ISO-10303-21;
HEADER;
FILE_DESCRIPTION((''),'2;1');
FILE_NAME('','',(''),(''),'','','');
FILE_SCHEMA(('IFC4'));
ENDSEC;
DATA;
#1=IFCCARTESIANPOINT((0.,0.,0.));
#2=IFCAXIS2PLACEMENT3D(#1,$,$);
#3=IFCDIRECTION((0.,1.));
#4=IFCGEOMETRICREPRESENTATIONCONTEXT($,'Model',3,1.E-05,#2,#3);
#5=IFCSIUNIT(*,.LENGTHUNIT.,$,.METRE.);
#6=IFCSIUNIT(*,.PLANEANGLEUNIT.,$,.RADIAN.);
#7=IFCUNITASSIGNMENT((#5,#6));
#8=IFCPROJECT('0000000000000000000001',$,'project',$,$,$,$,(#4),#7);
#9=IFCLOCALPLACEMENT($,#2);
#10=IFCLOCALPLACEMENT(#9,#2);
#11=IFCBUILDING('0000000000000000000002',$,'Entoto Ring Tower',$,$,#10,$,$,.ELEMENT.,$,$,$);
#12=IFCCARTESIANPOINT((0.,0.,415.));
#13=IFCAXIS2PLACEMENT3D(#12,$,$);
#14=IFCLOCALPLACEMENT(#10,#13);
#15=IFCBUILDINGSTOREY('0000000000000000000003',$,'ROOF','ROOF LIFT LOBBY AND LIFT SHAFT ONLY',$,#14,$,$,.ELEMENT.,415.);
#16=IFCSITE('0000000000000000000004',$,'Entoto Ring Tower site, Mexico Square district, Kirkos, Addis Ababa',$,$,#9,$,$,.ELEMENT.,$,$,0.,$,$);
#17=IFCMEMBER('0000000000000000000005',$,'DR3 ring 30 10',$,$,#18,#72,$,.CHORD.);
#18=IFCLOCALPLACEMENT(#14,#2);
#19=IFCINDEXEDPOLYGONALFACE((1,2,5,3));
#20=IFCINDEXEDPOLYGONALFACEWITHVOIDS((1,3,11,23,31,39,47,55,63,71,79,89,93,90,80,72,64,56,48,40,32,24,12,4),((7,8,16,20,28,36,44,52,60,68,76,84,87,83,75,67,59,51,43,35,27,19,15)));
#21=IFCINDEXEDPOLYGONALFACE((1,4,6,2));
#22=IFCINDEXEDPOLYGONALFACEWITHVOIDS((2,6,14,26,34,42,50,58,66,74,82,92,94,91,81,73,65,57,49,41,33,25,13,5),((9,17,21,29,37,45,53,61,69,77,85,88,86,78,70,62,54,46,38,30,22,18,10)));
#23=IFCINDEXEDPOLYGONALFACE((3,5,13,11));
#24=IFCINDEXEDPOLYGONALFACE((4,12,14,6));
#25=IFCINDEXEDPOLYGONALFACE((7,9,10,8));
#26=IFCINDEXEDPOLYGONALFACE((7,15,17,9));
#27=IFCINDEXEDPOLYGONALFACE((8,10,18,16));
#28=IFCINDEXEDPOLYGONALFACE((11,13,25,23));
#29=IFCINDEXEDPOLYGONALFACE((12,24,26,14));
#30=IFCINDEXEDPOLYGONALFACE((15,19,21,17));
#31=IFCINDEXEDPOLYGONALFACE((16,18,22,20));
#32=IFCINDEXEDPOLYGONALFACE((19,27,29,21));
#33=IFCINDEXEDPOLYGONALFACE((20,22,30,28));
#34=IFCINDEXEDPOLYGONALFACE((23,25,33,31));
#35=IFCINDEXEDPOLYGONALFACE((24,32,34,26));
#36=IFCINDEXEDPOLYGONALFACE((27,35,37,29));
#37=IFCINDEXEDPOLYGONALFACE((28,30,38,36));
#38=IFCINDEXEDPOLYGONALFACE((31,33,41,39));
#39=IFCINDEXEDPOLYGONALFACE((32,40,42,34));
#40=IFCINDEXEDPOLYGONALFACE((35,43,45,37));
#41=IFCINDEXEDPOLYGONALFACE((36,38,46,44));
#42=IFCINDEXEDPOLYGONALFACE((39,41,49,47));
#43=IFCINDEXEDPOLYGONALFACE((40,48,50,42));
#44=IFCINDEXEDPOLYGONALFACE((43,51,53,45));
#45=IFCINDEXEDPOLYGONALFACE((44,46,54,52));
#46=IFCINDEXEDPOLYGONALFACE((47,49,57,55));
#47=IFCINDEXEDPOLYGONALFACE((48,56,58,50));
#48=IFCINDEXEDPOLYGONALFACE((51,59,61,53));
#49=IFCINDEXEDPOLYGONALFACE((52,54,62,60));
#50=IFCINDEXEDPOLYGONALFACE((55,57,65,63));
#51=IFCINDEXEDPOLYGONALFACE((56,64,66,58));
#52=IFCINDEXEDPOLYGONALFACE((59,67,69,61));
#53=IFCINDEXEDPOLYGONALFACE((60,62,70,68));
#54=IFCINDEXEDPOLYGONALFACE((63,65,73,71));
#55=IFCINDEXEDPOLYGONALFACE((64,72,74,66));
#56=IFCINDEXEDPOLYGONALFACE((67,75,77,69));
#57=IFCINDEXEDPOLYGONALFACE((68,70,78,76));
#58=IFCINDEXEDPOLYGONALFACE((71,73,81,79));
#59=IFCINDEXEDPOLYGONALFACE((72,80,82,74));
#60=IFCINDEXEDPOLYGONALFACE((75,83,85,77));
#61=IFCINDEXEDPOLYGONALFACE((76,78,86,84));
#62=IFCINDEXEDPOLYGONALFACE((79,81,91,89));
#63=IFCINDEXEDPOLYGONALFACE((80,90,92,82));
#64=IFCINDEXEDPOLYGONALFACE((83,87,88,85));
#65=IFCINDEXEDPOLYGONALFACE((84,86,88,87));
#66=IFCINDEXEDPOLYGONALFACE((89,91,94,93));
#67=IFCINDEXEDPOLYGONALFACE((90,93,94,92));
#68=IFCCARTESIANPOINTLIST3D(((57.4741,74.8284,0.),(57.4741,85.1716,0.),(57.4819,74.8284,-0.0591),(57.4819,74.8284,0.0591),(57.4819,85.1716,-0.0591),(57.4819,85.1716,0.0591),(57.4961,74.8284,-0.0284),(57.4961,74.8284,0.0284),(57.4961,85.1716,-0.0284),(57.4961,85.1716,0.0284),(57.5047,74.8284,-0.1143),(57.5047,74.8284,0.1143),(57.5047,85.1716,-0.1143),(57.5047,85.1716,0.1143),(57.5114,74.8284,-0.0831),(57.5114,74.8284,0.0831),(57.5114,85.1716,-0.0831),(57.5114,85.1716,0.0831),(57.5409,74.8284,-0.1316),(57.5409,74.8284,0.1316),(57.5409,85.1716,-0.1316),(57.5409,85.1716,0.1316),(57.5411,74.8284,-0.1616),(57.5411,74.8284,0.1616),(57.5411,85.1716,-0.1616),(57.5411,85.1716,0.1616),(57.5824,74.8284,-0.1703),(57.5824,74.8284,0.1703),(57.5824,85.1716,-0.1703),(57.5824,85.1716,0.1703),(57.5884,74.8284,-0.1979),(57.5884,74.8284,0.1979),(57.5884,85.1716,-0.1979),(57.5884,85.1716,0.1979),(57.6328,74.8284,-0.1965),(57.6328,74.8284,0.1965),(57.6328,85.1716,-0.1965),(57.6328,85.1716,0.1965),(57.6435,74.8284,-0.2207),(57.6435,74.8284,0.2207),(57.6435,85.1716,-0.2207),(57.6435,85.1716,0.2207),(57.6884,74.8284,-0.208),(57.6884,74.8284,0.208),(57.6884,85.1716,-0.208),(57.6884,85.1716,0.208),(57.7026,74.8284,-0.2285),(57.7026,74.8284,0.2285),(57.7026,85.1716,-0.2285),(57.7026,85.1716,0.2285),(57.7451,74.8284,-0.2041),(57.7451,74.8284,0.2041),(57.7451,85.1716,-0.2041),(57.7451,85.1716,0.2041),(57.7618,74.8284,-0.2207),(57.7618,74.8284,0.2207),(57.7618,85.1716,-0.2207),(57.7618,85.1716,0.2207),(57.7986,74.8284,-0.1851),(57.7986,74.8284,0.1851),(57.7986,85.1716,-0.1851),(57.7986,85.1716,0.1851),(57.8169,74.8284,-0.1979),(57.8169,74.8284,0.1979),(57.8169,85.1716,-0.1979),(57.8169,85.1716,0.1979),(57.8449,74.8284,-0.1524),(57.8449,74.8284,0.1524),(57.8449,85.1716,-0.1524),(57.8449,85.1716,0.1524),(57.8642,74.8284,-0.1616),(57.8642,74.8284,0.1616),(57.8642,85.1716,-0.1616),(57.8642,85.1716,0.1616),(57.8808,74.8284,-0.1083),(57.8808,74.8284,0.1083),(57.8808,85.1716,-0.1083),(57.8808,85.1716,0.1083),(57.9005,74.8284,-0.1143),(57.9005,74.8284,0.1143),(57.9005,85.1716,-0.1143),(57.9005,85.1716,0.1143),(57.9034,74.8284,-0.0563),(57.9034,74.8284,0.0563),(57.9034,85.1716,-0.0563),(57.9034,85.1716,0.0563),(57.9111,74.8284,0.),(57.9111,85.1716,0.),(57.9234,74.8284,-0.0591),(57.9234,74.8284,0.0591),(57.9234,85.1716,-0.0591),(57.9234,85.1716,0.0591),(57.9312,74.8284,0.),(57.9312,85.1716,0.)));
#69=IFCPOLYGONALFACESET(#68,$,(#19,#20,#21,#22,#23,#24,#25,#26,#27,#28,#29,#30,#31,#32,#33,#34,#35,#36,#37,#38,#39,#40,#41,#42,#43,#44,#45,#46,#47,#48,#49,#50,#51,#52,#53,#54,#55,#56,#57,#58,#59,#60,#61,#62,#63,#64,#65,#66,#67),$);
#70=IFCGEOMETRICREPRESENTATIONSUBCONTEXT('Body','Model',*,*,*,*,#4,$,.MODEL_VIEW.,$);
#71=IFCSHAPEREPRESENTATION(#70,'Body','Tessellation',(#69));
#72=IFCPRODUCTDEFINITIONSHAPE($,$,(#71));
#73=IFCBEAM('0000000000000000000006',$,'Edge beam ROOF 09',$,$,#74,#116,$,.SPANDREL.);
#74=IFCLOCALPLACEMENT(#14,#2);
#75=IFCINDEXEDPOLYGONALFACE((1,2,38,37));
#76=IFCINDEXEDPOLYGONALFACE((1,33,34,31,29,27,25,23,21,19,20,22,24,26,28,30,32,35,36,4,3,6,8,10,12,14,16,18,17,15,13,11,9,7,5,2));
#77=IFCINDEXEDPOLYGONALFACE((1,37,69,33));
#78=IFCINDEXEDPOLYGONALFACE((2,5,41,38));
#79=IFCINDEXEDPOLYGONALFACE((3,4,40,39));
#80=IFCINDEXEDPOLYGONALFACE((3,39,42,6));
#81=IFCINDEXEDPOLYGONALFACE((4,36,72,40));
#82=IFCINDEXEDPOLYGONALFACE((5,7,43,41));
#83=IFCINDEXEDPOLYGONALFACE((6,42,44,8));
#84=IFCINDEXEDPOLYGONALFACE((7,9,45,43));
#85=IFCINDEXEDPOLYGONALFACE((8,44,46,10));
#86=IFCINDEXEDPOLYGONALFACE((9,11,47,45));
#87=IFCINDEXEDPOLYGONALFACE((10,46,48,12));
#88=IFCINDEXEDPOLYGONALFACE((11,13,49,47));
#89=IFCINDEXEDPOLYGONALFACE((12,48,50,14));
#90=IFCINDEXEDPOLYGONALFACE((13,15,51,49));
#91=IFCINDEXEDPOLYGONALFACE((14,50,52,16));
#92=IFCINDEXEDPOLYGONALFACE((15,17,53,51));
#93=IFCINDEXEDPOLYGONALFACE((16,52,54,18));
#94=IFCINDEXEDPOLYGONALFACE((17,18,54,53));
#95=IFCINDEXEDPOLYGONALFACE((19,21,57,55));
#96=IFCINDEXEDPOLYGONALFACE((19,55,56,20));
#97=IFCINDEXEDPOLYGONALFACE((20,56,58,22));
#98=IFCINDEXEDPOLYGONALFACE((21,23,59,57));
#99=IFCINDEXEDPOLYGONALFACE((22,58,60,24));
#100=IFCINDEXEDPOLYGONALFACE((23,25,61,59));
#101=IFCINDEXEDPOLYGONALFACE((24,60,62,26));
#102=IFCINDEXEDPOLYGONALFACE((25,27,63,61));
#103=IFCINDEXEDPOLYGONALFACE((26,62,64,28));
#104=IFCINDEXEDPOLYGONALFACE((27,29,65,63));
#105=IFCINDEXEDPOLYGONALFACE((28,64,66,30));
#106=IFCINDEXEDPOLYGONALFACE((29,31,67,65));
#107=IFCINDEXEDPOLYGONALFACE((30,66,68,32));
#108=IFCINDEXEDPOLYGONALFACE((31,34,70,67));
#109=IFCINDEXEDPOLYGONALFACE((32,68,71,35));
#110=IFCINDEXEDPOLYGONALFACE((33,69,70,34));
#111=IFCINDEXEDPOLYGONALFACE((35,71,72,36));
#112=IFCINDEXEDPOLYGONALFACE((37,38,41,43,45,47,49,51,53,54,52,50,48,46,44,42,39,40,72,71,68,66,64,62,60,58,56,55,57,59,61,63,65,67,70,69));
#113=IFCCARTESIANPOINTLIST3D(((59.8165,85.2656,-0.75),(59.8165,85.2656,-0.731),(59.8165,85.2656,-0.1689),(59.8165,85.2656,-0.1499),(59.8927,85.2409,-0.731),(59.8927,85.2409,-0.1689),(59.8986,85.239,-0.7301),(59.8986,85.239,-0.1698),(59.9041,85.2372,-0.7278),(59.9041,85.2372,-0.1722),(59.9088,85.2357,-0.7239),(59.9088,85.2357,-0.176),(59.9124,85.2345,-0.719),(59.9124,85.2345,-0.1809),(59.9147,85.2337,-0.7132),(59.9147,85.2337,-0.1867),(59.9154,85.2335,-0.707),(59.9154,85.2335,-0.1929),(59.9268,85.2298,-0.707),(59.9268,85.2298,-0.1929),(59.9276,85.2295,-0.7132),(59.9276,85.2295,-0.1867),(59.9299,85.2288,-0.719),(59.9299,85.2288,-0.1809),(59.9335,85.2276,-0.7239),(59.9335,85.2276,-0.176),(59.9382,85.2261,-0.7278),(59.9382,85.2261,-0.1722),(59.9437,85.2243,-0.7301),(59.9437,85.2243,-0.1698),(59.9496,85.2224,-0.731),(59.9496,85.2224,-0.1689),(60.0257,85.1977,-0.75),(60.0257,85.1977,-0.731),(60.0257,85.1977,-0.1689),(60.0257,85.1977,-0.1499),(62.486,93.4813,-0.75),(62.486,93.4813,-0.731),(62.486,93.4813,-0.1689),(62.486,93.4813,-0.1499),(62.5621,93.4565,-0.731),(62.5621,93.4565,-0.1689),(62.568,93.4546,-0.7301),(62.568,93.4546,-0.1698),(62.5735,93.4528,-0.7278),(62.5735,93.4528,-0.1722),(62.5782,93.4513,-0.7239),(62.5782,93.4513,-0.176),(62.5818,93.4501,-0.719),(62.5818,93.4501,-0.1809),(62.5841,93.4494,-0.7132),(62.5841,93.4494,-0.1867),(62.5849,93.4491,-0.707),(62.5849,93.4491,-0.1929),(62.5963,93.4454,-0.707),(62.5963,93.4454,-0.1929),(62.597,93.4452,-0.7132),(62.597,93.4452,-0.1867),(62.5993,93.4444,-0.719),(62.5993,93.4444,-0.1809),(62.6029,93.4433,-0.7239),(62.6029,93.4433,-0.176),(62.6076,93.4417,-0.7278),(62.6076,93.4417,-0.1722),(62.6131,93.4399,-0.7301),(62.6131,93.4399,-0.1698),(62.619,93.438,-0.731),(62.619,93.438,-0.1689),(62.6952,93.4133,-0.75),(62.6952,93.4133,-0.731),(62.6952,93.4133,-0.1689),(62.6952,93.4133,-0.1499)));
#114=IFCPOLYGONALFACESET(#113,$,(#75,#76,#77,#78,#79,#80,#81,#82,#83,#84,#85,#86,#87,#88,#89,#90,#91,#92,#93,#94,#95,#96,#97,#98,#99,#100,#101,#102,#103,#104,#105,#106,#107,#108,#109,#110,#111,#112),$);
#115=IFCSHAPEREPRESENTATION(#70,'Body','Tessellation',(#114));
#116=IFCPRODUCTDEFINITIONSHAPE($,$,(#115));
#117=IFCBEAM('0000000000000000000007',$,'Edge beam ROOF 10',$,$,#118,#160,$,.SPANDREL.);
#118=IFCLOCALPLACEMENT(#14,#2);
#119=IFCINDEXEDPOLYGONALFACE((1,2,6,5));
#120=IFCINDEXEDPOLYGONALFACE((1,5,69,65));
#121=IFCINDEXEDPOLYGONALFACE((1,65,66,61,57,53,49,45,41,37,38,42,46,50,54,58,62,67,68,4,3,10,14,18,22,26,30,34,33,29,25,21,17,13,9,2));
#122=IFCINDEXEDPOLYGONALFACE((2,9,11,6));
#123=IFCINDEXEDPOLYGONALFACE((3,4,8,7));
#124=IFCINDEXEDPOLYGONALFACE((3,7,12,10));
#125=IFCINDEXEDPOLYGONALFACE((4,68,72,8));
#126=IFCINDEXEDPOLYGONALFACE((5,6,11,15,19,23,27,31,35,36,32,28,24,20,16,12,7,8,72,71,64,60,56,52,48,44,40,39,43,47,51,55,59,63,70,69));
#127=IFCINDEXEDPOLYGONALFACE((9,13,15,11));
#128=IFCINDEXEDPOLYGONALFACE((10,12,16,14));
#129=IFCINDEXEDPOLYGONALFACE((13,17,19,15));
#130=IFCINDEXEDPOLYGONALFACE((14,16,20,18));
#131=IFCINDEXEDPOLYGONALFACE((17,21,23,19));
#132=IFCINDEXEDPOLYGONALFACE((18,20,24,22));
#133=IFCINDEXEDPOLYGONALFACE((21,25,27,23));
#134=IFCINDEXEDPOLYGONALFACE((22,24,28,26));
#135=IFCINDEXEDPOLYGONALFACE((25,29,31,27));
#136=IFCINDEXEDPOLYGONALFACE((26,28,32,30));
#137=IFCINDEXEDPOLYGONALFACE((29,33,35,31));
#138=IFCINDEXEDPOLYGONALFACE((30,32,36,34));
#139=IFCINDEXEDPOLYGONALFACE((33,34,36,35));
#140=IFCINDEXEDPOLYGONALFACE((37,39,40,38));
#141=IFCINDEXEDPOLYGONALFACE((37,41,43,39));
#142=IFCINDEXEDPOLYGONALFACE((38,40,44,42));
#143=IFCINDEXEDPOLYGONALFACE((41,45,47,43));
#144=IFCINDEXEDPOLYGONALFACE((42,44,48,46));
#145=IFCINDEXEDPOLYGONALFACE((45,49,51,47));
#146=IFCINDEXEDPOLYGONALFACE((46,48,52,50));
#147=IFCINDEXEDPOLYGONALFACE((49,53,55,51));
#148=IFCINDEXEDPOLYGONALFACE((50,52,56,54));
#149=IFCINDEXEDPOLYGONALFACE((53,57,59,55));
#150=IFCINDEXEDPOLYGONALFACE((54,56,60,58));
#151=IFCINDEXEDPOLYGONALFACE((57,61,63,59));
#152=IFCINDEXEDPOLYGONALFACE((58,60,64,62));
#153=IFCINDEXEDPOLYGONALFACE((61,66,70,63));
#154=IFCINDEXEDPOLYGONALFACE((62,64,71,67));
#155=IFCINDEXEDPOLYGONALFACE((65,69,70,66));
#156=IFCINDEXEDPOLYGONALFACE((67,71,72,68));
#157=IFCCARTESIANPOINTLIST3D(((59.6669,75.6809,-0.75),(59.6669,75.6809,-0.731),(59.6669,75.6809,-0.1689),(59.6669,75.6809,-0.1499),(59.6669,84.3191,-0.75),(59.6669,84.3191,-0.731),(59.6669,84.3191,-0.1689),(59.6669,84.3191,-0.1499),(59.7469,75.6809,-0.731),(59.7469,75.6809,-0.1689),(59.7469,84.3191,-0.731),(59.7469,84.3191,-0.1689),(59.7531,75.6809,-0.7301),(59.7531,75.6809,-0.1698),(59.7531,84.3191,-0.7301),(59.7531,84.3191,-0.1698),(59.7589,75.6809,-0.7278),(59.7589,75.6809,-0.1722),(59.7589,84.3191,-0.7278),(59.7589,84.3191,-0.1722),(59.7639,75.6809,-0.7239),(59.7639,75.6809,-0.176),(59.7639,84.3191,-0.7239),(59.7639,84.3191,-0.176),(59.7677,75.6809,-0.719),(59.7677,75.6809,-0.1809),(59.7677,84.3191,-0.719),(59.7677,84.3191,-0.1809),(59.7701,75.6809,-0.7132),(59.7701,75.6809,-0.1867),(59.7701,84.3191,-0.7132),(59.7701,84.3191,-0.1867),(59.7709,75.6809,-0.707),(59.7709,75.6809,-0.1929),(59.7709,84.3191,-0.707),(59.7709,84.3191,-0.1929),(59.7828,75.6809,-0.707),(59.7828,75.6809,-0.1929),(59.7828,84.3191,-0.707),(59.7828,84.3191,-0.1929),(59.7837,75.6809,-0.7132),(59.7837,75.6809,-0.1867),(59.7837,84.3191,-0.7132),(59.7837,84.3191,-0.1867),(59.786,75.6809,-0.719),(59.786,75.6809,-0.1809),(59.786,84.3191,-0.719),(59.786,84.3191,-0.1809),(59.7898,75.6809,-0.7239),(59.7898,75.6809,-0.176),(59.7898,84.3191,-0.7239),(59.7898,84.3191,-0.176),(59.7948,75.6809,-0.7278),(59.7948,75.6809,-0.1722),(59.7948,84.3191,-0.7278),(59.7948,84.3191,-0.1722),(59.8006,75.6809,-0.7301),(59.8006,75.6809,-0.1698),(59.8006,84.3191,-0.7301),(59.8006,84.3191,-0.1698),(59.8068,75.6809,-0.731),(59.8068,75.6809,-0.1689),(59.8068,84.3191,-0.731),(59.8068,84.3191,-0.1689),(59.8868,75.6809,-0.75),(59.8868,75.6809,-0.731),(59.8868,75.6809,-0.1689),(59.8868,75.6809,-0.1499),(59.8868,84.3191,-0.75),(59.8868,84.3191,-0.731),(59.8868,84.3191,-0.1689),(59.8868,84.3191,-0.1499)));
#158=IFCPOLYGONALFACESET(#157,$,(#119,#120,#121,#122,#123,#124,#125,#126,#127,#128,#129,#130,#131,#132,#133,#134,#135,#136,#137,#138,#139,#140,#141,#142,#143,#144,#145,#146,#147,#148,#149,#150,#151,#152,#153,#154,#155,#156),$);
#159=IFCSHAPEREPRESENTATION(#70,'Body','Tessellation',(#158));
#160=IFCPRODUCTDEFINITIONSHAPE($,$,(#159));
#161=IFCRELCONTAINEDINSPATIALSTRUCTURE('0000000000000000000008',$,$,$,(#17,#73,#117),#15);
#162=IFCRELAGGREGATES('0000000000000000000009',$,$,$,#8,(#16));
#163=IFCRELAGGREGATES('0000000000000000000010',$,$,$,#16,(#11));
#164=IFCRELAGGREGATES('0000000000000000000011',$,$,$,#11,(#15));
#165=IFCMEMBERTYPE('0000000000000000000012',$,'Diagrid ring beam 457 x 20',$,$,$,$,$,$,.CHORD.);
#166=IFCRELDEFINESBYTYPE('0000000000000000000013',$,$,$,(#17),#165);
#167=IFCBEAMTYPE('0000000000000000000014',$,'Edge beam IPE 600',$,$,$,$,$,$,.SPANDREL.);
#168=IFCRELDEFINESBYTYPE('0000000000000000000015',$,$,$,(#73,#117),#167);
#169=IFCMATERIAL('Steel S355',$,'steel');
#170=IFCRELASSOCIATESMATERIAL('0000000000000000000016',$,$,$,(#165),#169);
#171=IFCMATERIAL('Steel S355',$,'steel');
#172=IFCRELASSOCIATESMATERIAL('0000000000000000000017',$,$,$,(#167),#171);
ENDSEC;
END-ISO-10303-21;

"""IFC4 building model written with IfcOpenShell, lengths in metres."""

from ifc_helpers import new_model, si_unit, direction, frame, origin, origin_2d, place, context, subcontext, project, spatial, circle, hollow_circle, i_section, extrude, material, material_profile, profile_set, type_object, element, save


model = new_model("IFC4")

# Units and contexts
model_context = context("Model", 3, precision=1e-05, world=origin(), true_north=direction((0.0, 1.0)))
body_context = subcontext(model_context, "Body", "Model", "MODEL_VIEW")
ifc_project = project(units=[si_unit("LENGTHUNIT", "METRE"), si_unit("PLANEANGLEUNIT", "RADIAN")], contexts=[model_context])

# Site, building, storey
site_placement = place(None, origin())
site = spatial("IfcSite", under=ifc_project, at=site_placement, Name="Entoto Ring Tower site, Mexico Square district, Kirkos, Addis Ababa", CompositionType="ELEMENT", RefElevation=0.0)
building_placement = place(site_placement, origin())
building = spatial("IfcBuilding", under=site, at=building_placement, Name="Entoto Ring Tower", CompositionType="ELEMENT")
storey_placement = place(building_placement, frame((0.0, 0.0, 415.0)))
storey = spatial("IfcBuildingStorey", under=building, at=storey_placement, Name="ROOF", Description="ROOF LIFT LOBBY AND LIFT SHAFT ONLY", CompositionType="ELEMENT", Elevation=415.0)

# Member
ifc_material_1 = material(Name="Steel S355", Category="steel")
ifc_material_profile_1 = material_profile(ifc_material_1, hollow_circle(Radius=0.2285, WallThickness=0.02, at=origin_2d()), Name="CHS 457 x 20")
ifc_material_2 = material(Name="Concrete C60/75", Category="concrete")
ifc_material_profile_2 = material_profile(ifc_material_2, circle(Radius=0.2085, at=origin_2d()), Name="Concrete C60/75 infill")
ifc_profile_set_1 = profile_set([ifc_material_profile_1, ifc_material_profile_2], Name="Steel S355")
member_type_1 = type_object("IfcMemberType", Name="Diagrid ring beam 457 x 20", PredefinedType="CHORD", material=ifc_profile_set_1)
member_1_placement = place(storey_placement, frame((57.7026, 85.1716, 0.0), z_axis=(0.0, -1.0, 0.0), x_axis=(1.0, 0.0, 0.0)))
element("IfcMember", 1, at=member_1_placement, inside=storey, type_object=member_type_1, Name="DR3 ring 30 10", PredefinedType="CHORD", context=body_context, shape_type="SweptSolid", body=[
    extrude(hollow_circle(Radius=0.2285, WallThickness=0.02, at=origin_2d()), origin(), (0.0, 0.0, 1.0), 10.3433),
])

# Beams
ifc_material_3 = material(Name="Steel S355", Category="steel")
ifc_material_profile_3 = material_profile(ifc_material_3, i_section(OverallWidth=0.22, OverallDepth=0.6001, WebThickness=0.012, FlangeThickness=0.019, FilletRadius=0.0239, at=origin_2d()), Name="IPE 600")
ifc_profile_set_2 = profile_set([ifc_material_profile_3], Name="Steel S355")
beam_type_1 = type_object("IfcBeamType", Name="Edge beam IPE 600", PredefinedType="SPANDREL", material=ifc_profile_set_2)
beam_1_placement = place(storey_placement, frame((62.5906, 93.4473, -0.45), z_axis=(-0.30902, -0.951055, 0.0), x_axis=(0.951055, -0.30902, 0.0)))
element("IfcBeam", 2, at=beam_1_placement, inside=storey, type_object=beam_type_1, Name="Edge beam ROOF 09", PredefinedType="SPANDREL", context=body_context, shape_type="SweptSolid", body=[
    extrude(i_section(OverallWidth=0.22, OverallDepth=0.6001, WebThickness=0.012, FlangeThickness=0.019, FilletRadius=0.0239, at=origin_2d()), origin(), (0.0, 0.0, 1.0), 8.6384),
])
beam_2_placement = place(storey_placement, frame((59.7769, 84.3191, -0.45), z_axis=(0.0, -1.0, 0.0), x_axis=(1.0, 0.0, 0.0)))
element("IfcBeam", 3, at=beam_2_placement, inside=storey, type_object=beam_type_1, Name="Edge beam ROOF 10", PredefinedType="SPANDREL", context=body_context, shape_type="SweptSolid", body=[
    extrude(i_section(OverallWidth=0.22, OverallDepth=0.6001, WebThickness=0.012, FlangeThickness=0.019, FilletRadius=0.0239, at=origin_2d()), origin(), (0.0, 0.0, 1.0), 8.6382),
])

save(model, "model.ifc")
